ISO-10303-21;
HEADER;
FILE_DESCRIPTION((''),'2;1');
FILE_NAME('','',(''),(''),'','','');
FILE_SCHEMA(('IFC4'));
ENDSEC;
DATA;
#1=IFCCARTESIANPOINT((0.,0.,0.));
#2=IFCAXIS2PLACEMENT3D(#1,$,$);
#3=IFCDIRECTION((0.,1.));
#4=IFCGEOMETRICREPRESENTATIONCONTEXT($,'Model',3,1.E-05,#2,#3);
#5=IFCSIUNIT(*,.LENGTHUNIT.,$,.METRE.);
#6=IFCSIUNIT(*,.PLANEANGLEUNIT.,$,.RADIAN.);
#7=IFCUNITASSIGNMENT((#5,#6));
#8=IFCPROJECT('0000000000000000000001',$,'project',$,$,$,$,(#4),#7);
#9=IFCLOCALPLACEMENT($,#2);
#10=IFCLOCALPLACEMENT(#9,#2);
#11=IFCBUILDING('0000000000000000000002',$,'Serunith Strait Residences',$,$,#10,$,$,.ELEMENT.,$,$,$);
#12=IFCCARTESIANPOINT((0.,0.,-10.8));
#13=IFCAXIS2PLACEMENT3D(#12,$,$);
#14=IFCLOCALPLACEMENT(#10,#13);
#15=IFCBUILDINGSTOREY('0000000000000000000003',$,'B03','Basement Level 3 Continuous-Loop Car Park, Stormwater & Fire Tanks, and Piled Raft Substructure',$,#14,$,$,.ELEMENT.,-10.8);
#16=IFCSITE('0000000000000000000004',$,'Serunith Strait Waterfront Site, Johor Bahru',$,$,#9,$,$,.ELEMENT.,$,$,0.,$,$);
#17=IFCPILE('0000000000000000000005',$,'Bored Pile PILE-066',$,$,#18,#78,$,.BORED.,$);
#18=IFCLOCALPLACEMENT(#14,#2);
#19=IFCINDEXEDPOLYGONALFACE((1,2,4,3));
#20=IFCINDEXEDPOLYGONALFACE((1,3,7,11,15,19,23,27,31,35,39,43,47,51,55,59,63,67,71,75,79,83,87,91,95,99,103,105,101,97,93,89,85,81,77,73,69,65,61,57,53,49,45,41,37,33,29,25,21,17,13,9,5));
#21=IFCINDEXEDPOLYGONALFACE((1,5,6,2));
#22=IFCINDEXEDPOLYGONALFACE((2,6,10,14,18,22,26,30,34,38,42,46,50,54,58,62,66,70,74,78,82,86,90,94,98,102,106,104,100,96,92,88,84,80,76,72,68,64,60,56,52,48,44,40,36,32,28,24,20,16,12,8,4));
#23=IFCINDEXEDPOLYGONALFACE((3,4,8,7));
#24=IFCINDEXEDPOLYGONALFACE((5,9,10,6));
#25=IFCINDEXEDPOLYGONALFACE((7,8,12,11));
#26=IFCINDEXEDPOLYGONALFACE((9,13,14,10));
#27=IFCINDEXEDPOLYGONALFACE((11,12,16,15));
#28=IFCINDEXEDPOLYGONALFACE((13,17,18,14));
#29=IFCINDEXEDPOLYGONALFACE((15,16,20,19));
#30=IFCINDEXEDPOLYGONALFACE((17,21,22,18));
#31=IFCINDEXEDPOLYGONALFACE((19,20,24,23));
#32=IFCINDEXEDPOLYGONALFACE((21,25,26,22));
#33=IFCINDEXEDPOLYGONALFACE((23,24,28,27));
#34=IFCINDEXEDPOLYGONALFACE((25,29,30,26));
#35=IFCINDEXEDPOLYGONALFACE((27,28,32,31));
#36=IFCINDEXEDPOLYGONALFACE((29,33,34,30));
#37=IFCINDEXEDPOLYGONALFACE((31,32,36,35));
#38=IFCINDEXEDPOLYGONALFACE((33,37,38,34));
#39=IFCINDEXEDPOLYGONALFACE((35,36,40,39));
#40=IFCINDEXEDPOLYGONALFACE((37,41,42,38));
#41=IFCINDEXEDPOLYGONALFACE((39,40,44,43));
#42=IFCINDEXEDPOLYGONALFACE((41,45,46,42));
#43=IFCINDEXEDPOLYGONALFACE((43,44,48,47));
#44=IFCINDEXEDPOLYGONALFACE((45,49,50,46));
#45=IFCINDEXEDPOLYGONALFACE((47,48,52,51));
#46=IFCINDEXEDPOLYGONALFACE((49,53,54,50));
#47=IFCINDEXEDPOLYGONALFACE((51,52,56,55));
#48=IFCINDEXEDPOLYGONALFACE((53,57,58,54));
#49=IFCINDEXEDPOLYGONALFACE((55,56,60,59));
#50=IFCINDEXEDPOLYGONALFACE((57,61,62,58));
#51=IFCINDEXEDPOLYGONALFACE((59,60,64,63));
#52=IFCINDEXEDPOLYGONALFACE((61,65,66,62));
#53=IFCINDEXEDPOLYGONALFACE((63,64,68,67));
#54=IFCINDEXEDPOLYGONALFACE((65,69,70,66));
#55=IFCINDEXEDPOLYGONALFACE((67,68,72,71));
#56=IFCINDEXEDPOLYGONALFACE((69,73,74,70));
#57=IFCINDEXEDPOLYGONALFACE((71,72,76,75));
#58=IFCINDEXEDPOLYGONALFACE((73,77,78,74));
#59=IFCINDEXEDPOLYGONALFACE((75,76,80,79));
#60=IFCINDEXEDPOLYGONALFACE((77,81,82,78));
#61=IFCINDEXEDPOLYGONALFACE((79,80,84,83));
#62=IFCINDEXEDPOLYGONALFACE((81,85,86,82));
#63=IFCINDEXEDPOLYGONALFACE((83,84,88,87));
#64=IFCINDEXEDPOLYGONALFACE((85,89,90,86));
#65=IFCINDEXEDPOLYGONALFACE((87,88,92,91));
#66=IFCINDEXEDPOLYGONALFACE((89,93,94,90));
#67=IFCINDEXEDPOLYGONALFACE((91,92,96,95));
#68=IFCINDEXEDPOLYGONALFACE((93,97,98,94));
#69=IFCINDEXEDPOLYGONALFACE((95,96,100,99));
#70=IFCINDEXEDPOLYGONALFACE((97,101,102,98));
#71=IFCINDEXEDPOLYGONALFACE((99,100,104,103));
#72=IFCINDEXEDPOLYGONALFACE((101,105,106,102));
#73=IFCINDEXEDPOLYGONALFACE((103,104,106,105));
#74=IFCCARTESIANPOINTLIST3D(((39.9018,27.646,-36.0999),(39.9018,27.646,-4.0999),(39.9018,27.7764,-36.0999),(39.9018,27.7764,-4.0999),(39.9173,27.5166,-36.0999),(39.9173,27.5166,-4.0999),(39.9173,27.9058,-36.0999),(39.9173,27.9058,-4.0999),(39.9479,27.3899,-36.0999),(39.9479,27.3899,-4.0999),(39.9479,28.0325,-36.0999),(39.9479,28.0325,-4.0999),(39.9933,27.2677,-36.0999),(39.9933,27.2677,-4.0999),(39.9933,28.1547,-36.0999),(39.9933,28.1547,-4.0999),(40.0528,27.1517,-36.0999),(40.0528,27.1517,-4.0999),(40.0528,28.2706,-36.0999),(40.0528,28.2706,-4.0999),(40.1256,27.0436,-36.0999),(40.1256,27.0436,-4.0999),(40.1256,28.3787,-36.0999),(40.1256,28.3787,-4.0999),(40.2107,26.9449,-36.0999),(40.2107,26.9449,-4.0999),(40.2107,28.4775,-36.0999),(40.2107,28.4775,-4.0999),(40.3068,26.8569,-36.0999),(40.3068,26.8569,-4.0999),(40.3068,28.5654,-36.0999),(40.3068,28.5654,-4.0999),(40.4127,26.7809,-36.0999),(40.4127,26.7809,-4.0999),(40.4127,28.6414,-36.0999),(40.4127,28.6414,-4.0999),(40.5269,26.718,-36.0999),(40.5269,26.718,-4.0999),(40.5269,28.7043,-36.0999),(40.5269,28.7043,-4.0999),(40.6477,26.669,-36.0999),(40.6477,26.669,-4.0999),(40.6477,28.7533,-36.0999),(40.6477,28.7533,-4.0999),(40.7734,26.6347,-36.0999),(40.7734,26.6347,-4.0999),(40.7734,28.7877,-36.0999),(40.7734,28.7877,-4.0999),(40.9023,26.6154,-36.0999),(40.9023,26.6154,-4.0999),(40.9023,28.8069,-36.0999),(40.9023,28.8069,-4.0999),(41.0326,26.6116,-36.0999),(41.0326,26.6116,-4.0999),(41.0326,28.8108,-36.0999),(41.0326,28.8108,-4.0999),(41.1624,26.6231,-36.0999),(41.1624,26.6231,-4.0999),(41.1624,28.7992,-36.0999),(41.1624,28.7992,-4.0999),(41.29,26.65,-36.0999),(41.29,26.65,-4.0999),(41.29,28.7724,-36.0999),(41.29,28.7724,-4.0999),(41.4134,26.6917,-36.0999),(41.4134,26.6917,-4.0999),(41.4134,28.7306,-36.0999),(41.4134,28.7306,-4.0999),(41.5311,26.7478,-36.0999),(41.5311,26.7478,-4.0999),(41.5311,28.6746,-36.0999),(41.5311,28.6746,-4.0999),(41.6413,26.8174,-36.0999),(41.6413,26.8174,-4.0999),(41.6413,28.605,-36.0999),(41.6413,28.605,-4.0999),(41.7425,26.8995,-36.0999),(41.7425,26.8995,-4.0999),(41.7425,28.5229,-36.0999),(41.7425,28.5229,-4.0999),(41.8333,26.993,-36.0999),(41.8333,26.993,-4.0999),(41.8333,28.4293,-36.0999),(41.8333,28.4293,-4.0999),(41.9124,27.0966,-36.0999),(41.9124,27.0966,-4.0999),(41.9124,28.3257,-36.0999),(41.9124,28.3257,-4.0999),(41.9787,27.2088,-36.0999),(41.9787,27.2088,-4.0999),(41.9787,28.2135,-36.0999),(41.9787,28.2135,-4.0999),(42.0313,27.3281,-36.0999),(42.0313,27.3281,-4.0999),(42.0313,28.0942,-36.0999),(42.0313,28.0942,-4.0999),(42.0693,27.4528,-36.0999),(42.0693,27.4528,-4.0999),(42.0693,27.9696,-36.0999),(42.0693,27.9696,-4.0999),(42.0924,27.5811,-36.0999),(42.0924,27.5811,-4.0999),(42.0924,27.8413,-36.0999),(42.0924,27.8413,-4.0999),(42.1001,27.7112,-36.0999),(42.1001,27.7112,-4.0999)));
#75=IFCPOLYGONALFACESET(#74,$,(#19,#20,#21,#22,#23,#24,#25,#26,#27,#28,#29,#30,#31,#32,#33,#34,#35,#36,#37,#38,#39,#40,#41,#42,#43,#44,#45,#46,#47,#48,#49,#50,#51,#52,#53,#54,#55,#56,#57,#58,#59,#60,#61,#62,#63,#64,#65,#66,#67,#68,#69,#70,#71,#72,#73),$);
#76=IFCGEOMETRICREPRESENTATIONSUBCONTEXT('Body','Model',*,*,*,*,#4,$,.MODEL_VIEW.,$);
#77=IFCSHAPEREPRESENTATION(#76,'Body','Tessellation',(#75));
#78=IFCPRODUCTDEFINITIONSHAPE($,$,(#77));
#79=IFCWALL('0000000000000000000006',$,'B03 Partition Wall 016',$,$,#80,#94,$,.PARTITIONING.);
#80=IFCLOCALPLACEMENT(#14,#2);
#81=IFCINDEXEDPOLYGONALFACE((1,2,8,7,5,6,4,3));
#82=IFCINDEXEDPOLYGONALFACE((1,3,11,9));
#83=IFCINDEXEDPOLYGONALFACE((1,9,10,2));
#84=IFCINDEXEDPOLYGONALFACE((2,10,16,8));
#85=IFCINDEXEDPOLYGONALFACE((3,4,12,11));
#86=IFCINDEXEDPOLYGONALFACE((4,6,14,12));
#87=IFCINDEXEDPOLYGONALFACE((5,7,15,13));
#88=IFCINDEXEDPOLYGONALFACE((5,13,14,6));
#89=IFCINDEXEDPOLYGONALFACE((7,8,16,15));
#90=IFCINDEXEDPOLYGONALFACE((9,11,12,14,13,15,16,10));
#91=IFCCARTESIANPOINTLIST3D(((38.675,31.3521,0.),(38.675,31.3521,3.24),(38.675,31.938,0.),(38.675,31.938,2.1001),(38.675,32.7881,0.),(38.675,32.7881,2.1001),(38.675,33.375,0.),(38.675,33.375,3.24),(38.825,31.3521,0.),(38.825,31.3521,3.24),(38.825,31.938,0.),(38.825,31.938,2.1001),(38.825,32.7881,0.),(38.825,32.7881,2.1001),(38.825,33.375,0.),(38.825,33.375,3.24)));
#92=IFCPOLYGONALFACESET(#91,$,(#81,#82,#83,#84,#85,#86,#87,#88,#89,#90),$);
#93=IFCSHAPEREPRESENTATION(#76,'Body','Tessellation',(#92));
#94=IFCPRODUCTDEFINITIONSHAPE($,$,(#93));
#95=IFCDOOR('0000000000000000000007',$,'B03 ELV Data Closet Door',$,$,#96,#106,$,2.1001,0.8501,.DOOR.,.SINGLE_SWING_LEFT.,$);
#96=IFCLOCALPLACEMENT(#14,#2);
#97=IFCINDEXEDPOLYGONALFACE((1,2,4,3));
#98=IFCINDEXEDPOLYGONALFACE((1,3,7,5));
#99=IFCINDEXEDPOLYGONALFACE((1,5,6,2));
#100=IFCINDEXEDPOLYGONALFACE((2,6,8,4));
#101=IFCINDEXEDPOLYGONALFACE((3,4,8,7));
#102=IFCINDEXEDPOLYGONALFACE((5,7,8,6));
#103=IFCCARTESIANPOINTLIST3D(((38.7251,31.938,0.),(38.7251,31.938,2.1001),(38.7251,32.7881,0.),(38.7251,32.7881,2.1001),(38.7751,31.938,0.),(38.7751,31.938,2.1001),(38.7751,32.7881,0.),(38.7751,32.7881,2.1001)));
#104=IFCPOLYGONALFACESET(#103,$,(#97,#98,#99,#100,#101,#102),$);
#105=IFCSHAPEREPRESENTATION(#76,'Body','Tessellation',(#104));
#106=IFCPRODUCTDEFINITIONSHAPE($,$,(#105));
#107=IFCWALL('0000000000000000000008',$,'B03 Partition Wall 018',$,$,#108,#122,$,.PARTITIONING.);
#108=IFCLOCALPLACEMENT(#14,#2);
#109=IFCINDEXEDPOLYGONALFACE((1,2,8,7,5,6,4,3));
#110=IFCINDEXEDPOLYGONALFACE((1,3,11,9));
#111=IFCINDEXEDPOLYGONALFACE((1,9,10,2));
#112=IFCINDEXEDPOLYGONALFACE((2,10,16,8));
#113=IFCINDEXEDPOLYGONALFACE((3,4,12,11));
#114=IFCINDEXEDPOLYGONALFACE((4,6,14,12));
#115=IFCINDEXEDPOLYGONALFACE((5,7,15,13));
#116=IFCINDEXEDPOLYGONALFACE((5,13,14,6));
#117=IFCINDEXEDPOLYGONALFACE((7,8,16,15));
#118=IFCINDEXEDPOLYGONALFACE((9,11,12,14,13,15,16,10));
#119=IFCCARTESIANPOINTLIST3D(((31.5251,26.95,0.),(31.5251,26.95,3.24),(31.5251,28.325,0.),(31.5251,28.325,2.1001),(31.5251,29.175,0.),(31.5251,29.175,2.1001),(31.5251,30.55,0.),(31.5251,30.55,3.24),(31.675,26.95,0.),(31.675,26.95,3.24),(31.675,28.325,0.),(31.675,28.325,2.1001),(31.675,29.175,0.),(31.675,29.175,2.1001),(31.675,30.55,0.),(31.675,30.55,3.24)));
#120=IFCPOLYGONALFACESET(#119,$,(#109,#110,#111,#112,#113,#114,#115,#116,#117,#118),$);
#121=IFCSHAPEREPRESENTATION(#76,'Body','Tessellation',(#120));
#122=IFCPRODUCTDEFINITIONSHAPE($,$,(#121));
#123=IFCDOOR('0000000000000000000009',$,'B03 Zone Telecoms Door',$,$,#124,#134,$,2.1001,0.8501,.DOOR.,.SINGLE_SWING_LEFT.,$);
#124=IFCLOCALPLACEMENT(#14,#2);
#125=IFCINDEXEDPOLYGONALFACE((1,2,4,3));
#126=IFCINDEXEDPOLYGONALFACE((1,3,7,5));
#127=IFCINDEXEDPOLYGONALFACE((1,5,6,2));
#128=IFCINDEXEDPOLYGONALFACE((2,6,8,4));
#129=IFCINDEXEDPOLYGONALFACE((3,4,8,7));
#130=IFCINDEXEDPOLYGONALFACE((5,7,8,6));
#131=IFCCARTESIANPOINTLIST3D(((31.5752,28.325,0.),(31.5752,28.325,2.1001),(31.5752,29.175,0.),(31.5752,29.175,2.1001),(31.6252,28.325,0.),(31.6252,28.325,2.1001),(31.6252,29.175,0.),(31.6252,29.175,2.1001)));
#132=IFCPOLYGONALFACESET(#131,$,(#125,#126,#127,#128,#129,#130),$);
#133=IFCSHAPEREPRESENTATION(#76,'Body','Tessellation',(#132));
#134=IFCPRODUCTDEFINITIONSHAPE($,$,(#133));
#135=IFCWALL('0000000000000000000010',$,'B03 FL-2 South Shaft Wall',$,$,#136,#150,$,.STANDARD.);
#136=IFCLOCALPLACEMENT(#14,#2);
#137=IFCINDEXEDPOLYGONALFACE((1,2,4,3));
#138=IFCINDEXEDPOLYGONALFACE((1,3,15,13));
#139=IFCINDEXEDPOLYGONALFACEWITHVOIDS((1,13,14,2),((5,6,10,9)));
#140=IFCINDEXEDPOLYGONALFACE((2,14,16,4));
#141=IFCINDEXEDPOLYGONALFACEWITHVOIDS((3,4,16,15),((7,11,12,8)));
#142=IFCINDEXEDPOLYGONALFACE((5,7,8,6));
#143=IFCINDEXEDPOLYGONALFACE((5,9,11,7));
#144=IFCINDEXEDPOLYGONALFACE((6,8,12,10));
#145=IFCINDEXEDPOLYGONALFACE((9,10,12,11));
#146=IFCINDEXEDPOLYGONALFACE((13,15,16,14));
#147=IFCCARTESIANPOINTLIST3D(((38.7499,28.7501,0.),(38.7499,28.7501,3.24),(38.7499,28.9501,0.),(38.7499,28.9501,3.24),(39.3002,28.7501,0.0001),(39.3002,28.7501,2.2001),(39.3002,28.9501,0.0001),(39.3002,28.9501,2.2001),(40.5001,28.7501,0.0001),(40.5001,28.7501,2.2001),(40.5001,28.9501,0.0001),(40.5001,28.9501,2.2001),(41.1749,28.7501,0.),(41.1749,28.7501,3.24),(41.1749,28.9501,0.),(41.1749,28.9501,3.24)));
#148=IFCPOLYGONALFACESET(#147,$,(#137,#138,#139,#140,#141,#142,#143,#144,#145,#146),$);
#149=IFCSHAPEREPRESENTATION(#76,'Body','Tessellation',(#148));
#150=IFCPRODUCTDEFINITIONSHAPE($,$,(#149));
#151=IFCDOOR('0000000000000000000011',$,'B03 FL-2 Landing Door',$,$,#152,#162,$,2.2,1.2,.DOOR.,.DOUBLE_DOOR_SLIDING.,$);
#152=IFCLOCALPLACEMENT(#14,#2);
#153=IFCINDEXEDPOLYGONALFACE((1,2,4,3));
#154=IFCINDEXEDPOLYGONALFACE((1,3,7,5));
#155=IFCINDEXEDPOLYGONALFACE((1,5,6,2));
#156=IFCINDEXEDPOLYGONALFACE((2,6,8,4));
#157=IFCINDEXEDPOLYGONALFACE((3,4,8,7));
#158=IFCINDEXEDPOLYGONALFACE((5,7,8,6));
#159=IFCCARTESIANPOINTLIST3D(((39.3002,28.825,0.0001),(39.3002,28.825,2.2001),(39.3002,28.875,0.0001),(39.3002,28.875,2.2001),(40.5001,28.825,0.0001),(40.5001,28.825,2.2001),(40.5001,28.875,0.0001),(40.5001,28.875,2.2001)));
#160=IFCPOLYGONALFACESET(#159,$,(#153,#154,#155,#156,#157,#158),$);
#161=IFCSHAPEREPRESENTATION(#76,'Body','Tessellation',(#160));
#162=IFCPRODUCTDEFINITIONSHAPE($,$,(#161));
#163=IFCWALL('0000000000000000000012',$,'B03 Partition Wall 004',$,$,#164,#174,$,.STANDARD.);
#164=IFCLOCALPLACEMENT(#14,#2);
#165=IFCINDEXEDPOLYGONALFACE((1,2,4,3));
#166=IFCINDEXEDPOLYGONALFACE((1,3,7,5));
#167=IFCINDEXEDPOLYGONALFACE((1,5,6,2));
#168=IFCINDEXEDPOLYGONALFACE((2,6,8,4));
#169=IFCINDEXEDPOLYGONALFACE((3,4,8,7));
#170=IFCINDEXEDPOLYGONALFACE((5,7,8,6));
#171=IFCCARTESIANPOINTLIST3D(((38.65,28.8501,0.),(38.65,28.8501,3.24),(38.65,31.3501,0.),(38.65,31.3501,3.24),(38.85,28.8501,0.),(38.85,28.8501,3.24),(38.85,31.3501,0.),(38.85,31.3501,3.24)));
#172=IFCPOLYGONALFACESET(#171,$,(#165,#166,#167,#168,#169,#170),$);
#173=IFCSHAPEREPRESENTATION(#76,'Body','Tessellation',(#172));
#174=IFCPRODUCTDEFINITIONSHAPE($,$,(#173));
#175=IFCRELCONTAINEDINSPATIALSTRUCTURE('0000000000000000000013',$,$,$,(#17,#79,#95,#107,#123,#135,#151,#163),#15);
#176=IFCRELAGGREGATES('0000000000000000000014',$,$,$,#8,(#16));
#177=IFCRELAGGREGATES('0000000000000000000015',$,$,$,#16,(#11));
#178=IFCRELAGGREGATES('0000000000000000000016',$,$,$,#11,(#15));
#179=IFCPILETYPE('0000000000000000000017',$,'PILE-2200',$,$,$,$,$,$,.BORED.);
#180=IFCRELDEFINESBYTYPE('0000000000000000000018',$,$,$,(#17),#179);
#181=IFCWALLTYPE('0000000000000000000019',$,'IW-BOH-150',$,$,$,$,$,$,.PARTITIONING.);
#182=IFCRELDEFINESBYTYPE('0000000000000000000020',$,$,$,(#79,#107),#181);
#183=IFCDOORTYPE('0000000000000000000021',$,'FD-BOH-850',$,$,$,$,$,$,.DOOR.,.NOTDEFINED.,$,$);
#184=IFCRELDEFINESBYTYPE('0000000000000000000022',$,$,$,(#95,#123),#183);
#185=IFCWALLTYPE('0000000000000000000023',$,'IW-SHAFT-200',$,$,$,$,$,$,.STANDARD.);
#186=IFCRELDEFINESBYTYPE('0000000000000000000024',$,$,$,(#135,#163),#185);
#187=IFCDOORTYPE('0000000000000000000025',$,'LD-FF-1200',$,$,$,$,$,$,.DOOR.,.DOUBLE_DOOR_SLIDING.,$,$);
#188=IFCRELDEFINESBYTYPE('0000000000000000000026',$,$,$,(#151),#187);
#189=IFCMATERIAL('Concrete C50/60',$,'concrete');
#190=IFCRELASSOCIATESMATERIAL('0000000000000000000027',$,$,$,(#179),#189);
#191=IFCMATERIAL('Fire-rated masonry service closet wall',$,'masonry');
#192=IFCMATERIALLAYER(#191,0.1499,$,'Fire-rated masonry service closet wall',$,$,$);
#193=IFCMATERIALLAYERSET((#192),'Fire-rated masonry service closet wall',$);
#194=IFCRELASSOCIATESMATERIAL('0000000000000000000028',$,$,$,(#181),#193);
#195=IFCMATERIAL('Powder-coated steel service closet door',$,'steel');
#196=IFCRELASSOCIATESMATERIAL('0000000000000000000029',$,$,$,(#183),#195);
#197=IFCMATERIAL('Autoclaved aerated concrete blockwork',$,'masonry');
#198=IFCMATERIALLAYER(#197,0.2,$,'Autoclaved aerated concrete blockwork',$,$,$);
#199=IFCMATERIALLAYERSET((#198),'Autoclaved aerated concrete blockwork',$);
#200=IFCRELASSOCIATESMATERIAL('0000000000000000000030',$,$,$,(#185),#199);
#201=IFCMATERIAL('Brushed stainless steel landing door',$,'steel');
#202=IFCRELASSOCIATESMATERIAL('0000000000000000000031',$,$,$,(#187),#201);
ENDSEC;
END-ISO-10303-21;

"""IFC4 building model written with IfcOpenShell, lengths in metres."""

from ifc_helpers import new_model, si_unit, direction, frame, frame_2d, origin, origin_2d, place, context, subcontext, project, spatial, rectangle, circle, extrude, source, transform, mapped, material, layer, layer_set, material_profile, profile_set, type_object, element, fill, save


model = new_model("IFC4")

# Units and contexts
model_context = context("Model", 3, precision=1e-05, world=origin(), true_north=direction((0.0, 1.0)))
body_context = subcontext(model_context, "Body", "Model", "MODEL_VIEW")
ifc_project = project(units=[si_unit("LENGTHUNIT", "METRE"), si_unit("PLANEANGLEUNIT", "RADIAN")], contexts=[model_context])

# Site, building, storey
site_placement = place(None, origin())
site = spatial("IfcSite", under=ifc_project, at=site_placement, Name="Serunith Strait Waterfront Site, Johor Bahru", CompositionType="ELEMENT", RefElevation=0.0)
building_placement = place(site_placement, origin())
building = spatial("IfcBuilding", under=site, at=building_placement, Name="Serunith Strait Residences", CompositionType="ELEMENT")
storey_placement = place(building_placement, frame((0.0, 0.0, -10.8)))
storey = spatial("IfcBuildingStorey", under=building, at=storey_placement, Name="B03", Description="Basement Level 3 Continuous-Loop Car Park, Stormwater & Fire Tanks, and Piled Raft Substructure", CompositionType="ELEMENT", Elevation=-10.8)

# Pile
ifc_material_1 = material(Name="Concrete C50/60", Category="concrete")
ifc_material_profile_1 = material_profile(ifc_material_1, circle(Radius=1.1001, at=origin_2d()), Name="PILE D2200")
ifc_profile_set_1 = profile_set([ifc_material_profile_1], Name="Concrete C50/60")
pile_type_1 = type_object("IfcPileType", Name="PILE-2200", PredefinedType="BORED", material=ifc_profile_set_1)
shared_shape_1 = source(origin(), body_context, "Body", "SweptSolid", [
    extrude(circle(Radius=1.1001, at=origin_2d()), origin(), (0.0, 0.0, 1.0), 32.0),
])
for number, where, z_axis, x_axis, name in (
    (1, (41.0, 27.7112, -4.0999), (0.0, 0.0, -1.0), (1.0, 0.0, 0.0), "Bored Pile PILE-066"),
):
    element("IfcPile", number, at=place(storey_placement, frame(where, z_axis=z_axis, x_axis=x_axis)), inside=storey, type_object=pile_type_1, Name=name, PredefinedType="BORED", context=body_context, shape_type="MappedRepresentation", body=[
        mapped(shared_shape_1, transform((0.0, 0.0, 0.0), scale=1.0)),
    ])

# Walls, openings, doors
ifc_material_2 = material(Name="Fire-rated masonry service closet wall", Category="masonry")
ifc_layer_1 = layer(ifc_material_2, 0.1499, Name="Fire-rated masonry service closet wall")
ifc_layer_set_1 = layer_set([ifc_layer_1], Name="Fire-rated masonry service closet wall")
wall_type_1 = type_object("IfcWallType", Name="IW-BOH-150", PredefinedType="PARTITIONING", material=ifc_layer_set_1)
wall_1_placement = place(storey_placement, frame((38.75, 31.3521, 0.0), z_axis=(0.0, 0.0, 1.0), x_axis=(0.0, 1.0, 0.0)))
wall_1 = element("IfcWall", 2, at=wall_1_placement, inside=storey, type_object=wall_type_1, Name="B03 Partition Wall 016", PredefinedType="PARTITIONING", context=body_context, shape_type="SweptSolid", body=[
    extrude(rectangle(XDim=2.0229, YDim=0.1499, at=frame_2d((1.0115, 0.0))), origin(), (0.0, 0.0, 1.0), 3.24),
])
opening_1_placement = place(wall_1_placement, frame((0.5859, 0.0, 0.0)))
opening_1 = element("IfcOpeningElement", 3, at=opening_1_placement, cuts=wall_1, PredefinedType="OPENING", context=body_context, shape_type="SweptSolid", body=[
    extrude(rectangle(XDim=0.8501, YDim=2.1001, at=frame_2d((0.425, 1.05))), frame((0.0, 0.085, 0.0), z_axis=(0.0, -1.0, 0.0), x_axis=(1.0, 0.0, 0.0)), (0.0, 0.0, 1.0), 0.1699),
])
ifc_material_3 = material(Name="Powder-coated steel service closet door", Category="steel")
door_type_1 = type_object("IfcDoorType", Name="FD-BOH-850", OperationType="NOTDEFINED", PredefinedType="DOOR", material=ifc_material_3)
shared_shape_2 = source(origin(), body_context, "Body", "SweptSolid", [
    extrude(rectangle(XDim=0.8501, YDim=2.1001, at=frame_2d((0.425, 1.05))), frame((0.0, 0.0249, 0.0), z_axis=(0.0, -1.0, 0.0), x_axis=(1.0, 0.0, 0.0)), (0.0, 0.0, 1.0), 0.05),
])
door_1_placement = place(opening_1_placement, origin())
door_1 = element("IfcDoor", 4, at=door_1_placement, inside=storey, type_object=door_type_1, Name="B03 ELV Data Closet Door", OperationType="SINGLE_SWING_LEFT", OverallHeight=2.1001, OverallWidth=0.8501, PredefinedType="DOOR", context=body_context, shape_type="MappedRepresentation", body=[
    mapped(shared_shape_2, transform((0.0, 0.0, 0.0), scale=1.0)),
])
fill(opening_1, door_1)
wall_2_placement = place(storey_placement, frame((31.6001, 26.95, 0.0), z_axis=(0.0, 0.0, 1.0), x_axis=(0.0, 1.0, 0.0)))
wall_2 = element("IfcWall", 5, at=wall_2_placement, inside=storey, type_object=wall_type_1, Name="B03 Partition Wall 018", PredefinedType="PARTITIONING", context=body_context, shape_type="SweptSolid", body=[
    extrude(rectangle(XDim=3.6001, YDim=0.1499, at=frame_2d((1.8, 0.0))), origin(), (0.0, 0.0, 1.0), 3.24),
])
opening_2_placement = place(wall_2_placement, frame((1.375, 0.0, 0.0)))
opening_2 = element("IfcOpeningElement", 6, at=opening_2_placement, cuts=wall_2, PredefinedType="OPENING", context=body_context, shape_type="SweptSolid", body=[
    extrude(rectangle(XDim=0.8501, YDim=2.1001, at=frame_2d((0.425, 1.05))), frame((0.0, 0.085, 0.0), z_axis=(0.0, -1.0, 0.0), x_axis=(1.0, 0.0, 0.0)), (0.0, 0.0, 1.0), 0.1699),
])
door_2_placement = place(opening_2_placement, origin())
door_2 = element("IfcDoor", 7, at=door_2_placement, inside=storey, type_object=door_type_1, Name="B03 Zone Telecoms Door", OperationType="SINGLE_SWING_LEFT", OverallHeight=2.1001, OverallWidth=0.8501, PredefinedType="DOOR", context=body_context, shape_type="MappedRepresentation", body=[
    mapped(shared_shape_2, transform((0.0, 0.0, 0.0), scale=1.0)),
])
fill(opening_2, door_2)
ifc_material_4 = material(Name="Autoclaved aerated concrete blockwork", Category="masonry")
ifc_layer_2 = layer(ifc_material_4, 0.2, Name="Autoclaved aerated concrete blockwork")
ifc_layer_set_2 = layer_set([ifc_layer_2], Name="Autoclaved aerated concrete blockwork")
wall_type_2 = type_object("IfcWallType", Name="IW-SHAFT-200", PredefinedType="STANDARD", material=ifc_layer_set_2)
wall_3_placement = place(storey_placement, frame((38.75, 28.8501, 0.0), z_axis=(0.0, 0.0, 1.0), x_axis=(1.0, 0.0, 0.0)))
wall_3 = element("IfcWall", 8, at=wall_3_placement, inside=storey, type_object=wall_type_2, Name="B03 FL-2 South Shaft Wall", PredefinedType="STANDARD", context=body_context, shape_type="SweptSolid", body=[
    extrude(rectangle(XDim=2.425, YDim=0.2, at=frame_2d((1.2124, 0.0))), origin(), (0.0, 0.0, 1.0), 3.24),
])
opening_3_placement = place(wall_3_placement, frame((0.55, 0.0, 0.0)))
opening_3 = element("IfcOpeningElement", 9, at=opening_3_placement, cuts=wall_3, PredefinedType="OPENING", context=body_context, shape_type="SweptSolid", body=[
    extrude(rectangle(XDim=1.2, YDim=2.2, at=frame_2d((0.6001, 1.1001))), frame((0.0, 0.1099, 0.0), z_axis=(0.0, -1.0, 0.0), x_axis=(1.0, 0.0, 0.0)), (0.0, 0.0, 1.0), 0.22),
])
ifc_material_5 = material(Name="Brushed stainless steel landing door", Category="steel")
door_type_2 = type_object("IfcDoorType", Name="LD-FF-1200", OperationType="DOUBLE_DOOR_SLIDING", PredefinedType="DOOR", material=ifc_material_5)
shared_shape_3 = source(origin(), body_context, "Body", "SweptSolid", [
    extrude(rectangle(XDim=1.2, YDim=2.2, at=frame_2d((0.6001, 1.1001))), frame((0.0, 0.0249, 0.0), z_axis=(0.0, -1.0, 0.0), x_axis=(1.0, 0.0, 0.0)), (0.0, 0.0, 1.0), 0.05),
])
door_3_placement = place(opening_3_placement, origin())
door_3 = element("IfcDoor", 10, at=door_3_placement, inside=storey, type_object=door_type_2, Name="B03 FL-2 Landing Door", OperationType="DOUBLE_DOOR_SLIDING", OverallHeight=2.2, OverallWidth=1.2, PredefinedType="DOOR", context=body_context, shape_type="MappedRepresentation", body=[
    mapped(shared_shape_3, transform((0.0, 0.0, 0.0), scale=1.0)),
])
fill(opening_3, door_3)

# Wall
wall_4_placement = place(storey_placement, frame((38.75, 28.8501, 0.0), z_axis=(0.0, 0.0, 1.0), x_axis=(0.0, 1.0, 0.0)))
element("IfcWall", 11, at=wall_4_placement, inside=storey, type_object=wall_type_2, Name="B03 Partition Wall 004", PredefinedType="STANDARD", context=body_context, shape_type="SweptSolid", body=[
    extrude(rectangle(XDim=2.5, YDim=0.2, at=frame_2d((1.25, 0.0))), origin(), (0.0, 0.0, 1.0), 3.24),
])

save(model, "model.ifc")
